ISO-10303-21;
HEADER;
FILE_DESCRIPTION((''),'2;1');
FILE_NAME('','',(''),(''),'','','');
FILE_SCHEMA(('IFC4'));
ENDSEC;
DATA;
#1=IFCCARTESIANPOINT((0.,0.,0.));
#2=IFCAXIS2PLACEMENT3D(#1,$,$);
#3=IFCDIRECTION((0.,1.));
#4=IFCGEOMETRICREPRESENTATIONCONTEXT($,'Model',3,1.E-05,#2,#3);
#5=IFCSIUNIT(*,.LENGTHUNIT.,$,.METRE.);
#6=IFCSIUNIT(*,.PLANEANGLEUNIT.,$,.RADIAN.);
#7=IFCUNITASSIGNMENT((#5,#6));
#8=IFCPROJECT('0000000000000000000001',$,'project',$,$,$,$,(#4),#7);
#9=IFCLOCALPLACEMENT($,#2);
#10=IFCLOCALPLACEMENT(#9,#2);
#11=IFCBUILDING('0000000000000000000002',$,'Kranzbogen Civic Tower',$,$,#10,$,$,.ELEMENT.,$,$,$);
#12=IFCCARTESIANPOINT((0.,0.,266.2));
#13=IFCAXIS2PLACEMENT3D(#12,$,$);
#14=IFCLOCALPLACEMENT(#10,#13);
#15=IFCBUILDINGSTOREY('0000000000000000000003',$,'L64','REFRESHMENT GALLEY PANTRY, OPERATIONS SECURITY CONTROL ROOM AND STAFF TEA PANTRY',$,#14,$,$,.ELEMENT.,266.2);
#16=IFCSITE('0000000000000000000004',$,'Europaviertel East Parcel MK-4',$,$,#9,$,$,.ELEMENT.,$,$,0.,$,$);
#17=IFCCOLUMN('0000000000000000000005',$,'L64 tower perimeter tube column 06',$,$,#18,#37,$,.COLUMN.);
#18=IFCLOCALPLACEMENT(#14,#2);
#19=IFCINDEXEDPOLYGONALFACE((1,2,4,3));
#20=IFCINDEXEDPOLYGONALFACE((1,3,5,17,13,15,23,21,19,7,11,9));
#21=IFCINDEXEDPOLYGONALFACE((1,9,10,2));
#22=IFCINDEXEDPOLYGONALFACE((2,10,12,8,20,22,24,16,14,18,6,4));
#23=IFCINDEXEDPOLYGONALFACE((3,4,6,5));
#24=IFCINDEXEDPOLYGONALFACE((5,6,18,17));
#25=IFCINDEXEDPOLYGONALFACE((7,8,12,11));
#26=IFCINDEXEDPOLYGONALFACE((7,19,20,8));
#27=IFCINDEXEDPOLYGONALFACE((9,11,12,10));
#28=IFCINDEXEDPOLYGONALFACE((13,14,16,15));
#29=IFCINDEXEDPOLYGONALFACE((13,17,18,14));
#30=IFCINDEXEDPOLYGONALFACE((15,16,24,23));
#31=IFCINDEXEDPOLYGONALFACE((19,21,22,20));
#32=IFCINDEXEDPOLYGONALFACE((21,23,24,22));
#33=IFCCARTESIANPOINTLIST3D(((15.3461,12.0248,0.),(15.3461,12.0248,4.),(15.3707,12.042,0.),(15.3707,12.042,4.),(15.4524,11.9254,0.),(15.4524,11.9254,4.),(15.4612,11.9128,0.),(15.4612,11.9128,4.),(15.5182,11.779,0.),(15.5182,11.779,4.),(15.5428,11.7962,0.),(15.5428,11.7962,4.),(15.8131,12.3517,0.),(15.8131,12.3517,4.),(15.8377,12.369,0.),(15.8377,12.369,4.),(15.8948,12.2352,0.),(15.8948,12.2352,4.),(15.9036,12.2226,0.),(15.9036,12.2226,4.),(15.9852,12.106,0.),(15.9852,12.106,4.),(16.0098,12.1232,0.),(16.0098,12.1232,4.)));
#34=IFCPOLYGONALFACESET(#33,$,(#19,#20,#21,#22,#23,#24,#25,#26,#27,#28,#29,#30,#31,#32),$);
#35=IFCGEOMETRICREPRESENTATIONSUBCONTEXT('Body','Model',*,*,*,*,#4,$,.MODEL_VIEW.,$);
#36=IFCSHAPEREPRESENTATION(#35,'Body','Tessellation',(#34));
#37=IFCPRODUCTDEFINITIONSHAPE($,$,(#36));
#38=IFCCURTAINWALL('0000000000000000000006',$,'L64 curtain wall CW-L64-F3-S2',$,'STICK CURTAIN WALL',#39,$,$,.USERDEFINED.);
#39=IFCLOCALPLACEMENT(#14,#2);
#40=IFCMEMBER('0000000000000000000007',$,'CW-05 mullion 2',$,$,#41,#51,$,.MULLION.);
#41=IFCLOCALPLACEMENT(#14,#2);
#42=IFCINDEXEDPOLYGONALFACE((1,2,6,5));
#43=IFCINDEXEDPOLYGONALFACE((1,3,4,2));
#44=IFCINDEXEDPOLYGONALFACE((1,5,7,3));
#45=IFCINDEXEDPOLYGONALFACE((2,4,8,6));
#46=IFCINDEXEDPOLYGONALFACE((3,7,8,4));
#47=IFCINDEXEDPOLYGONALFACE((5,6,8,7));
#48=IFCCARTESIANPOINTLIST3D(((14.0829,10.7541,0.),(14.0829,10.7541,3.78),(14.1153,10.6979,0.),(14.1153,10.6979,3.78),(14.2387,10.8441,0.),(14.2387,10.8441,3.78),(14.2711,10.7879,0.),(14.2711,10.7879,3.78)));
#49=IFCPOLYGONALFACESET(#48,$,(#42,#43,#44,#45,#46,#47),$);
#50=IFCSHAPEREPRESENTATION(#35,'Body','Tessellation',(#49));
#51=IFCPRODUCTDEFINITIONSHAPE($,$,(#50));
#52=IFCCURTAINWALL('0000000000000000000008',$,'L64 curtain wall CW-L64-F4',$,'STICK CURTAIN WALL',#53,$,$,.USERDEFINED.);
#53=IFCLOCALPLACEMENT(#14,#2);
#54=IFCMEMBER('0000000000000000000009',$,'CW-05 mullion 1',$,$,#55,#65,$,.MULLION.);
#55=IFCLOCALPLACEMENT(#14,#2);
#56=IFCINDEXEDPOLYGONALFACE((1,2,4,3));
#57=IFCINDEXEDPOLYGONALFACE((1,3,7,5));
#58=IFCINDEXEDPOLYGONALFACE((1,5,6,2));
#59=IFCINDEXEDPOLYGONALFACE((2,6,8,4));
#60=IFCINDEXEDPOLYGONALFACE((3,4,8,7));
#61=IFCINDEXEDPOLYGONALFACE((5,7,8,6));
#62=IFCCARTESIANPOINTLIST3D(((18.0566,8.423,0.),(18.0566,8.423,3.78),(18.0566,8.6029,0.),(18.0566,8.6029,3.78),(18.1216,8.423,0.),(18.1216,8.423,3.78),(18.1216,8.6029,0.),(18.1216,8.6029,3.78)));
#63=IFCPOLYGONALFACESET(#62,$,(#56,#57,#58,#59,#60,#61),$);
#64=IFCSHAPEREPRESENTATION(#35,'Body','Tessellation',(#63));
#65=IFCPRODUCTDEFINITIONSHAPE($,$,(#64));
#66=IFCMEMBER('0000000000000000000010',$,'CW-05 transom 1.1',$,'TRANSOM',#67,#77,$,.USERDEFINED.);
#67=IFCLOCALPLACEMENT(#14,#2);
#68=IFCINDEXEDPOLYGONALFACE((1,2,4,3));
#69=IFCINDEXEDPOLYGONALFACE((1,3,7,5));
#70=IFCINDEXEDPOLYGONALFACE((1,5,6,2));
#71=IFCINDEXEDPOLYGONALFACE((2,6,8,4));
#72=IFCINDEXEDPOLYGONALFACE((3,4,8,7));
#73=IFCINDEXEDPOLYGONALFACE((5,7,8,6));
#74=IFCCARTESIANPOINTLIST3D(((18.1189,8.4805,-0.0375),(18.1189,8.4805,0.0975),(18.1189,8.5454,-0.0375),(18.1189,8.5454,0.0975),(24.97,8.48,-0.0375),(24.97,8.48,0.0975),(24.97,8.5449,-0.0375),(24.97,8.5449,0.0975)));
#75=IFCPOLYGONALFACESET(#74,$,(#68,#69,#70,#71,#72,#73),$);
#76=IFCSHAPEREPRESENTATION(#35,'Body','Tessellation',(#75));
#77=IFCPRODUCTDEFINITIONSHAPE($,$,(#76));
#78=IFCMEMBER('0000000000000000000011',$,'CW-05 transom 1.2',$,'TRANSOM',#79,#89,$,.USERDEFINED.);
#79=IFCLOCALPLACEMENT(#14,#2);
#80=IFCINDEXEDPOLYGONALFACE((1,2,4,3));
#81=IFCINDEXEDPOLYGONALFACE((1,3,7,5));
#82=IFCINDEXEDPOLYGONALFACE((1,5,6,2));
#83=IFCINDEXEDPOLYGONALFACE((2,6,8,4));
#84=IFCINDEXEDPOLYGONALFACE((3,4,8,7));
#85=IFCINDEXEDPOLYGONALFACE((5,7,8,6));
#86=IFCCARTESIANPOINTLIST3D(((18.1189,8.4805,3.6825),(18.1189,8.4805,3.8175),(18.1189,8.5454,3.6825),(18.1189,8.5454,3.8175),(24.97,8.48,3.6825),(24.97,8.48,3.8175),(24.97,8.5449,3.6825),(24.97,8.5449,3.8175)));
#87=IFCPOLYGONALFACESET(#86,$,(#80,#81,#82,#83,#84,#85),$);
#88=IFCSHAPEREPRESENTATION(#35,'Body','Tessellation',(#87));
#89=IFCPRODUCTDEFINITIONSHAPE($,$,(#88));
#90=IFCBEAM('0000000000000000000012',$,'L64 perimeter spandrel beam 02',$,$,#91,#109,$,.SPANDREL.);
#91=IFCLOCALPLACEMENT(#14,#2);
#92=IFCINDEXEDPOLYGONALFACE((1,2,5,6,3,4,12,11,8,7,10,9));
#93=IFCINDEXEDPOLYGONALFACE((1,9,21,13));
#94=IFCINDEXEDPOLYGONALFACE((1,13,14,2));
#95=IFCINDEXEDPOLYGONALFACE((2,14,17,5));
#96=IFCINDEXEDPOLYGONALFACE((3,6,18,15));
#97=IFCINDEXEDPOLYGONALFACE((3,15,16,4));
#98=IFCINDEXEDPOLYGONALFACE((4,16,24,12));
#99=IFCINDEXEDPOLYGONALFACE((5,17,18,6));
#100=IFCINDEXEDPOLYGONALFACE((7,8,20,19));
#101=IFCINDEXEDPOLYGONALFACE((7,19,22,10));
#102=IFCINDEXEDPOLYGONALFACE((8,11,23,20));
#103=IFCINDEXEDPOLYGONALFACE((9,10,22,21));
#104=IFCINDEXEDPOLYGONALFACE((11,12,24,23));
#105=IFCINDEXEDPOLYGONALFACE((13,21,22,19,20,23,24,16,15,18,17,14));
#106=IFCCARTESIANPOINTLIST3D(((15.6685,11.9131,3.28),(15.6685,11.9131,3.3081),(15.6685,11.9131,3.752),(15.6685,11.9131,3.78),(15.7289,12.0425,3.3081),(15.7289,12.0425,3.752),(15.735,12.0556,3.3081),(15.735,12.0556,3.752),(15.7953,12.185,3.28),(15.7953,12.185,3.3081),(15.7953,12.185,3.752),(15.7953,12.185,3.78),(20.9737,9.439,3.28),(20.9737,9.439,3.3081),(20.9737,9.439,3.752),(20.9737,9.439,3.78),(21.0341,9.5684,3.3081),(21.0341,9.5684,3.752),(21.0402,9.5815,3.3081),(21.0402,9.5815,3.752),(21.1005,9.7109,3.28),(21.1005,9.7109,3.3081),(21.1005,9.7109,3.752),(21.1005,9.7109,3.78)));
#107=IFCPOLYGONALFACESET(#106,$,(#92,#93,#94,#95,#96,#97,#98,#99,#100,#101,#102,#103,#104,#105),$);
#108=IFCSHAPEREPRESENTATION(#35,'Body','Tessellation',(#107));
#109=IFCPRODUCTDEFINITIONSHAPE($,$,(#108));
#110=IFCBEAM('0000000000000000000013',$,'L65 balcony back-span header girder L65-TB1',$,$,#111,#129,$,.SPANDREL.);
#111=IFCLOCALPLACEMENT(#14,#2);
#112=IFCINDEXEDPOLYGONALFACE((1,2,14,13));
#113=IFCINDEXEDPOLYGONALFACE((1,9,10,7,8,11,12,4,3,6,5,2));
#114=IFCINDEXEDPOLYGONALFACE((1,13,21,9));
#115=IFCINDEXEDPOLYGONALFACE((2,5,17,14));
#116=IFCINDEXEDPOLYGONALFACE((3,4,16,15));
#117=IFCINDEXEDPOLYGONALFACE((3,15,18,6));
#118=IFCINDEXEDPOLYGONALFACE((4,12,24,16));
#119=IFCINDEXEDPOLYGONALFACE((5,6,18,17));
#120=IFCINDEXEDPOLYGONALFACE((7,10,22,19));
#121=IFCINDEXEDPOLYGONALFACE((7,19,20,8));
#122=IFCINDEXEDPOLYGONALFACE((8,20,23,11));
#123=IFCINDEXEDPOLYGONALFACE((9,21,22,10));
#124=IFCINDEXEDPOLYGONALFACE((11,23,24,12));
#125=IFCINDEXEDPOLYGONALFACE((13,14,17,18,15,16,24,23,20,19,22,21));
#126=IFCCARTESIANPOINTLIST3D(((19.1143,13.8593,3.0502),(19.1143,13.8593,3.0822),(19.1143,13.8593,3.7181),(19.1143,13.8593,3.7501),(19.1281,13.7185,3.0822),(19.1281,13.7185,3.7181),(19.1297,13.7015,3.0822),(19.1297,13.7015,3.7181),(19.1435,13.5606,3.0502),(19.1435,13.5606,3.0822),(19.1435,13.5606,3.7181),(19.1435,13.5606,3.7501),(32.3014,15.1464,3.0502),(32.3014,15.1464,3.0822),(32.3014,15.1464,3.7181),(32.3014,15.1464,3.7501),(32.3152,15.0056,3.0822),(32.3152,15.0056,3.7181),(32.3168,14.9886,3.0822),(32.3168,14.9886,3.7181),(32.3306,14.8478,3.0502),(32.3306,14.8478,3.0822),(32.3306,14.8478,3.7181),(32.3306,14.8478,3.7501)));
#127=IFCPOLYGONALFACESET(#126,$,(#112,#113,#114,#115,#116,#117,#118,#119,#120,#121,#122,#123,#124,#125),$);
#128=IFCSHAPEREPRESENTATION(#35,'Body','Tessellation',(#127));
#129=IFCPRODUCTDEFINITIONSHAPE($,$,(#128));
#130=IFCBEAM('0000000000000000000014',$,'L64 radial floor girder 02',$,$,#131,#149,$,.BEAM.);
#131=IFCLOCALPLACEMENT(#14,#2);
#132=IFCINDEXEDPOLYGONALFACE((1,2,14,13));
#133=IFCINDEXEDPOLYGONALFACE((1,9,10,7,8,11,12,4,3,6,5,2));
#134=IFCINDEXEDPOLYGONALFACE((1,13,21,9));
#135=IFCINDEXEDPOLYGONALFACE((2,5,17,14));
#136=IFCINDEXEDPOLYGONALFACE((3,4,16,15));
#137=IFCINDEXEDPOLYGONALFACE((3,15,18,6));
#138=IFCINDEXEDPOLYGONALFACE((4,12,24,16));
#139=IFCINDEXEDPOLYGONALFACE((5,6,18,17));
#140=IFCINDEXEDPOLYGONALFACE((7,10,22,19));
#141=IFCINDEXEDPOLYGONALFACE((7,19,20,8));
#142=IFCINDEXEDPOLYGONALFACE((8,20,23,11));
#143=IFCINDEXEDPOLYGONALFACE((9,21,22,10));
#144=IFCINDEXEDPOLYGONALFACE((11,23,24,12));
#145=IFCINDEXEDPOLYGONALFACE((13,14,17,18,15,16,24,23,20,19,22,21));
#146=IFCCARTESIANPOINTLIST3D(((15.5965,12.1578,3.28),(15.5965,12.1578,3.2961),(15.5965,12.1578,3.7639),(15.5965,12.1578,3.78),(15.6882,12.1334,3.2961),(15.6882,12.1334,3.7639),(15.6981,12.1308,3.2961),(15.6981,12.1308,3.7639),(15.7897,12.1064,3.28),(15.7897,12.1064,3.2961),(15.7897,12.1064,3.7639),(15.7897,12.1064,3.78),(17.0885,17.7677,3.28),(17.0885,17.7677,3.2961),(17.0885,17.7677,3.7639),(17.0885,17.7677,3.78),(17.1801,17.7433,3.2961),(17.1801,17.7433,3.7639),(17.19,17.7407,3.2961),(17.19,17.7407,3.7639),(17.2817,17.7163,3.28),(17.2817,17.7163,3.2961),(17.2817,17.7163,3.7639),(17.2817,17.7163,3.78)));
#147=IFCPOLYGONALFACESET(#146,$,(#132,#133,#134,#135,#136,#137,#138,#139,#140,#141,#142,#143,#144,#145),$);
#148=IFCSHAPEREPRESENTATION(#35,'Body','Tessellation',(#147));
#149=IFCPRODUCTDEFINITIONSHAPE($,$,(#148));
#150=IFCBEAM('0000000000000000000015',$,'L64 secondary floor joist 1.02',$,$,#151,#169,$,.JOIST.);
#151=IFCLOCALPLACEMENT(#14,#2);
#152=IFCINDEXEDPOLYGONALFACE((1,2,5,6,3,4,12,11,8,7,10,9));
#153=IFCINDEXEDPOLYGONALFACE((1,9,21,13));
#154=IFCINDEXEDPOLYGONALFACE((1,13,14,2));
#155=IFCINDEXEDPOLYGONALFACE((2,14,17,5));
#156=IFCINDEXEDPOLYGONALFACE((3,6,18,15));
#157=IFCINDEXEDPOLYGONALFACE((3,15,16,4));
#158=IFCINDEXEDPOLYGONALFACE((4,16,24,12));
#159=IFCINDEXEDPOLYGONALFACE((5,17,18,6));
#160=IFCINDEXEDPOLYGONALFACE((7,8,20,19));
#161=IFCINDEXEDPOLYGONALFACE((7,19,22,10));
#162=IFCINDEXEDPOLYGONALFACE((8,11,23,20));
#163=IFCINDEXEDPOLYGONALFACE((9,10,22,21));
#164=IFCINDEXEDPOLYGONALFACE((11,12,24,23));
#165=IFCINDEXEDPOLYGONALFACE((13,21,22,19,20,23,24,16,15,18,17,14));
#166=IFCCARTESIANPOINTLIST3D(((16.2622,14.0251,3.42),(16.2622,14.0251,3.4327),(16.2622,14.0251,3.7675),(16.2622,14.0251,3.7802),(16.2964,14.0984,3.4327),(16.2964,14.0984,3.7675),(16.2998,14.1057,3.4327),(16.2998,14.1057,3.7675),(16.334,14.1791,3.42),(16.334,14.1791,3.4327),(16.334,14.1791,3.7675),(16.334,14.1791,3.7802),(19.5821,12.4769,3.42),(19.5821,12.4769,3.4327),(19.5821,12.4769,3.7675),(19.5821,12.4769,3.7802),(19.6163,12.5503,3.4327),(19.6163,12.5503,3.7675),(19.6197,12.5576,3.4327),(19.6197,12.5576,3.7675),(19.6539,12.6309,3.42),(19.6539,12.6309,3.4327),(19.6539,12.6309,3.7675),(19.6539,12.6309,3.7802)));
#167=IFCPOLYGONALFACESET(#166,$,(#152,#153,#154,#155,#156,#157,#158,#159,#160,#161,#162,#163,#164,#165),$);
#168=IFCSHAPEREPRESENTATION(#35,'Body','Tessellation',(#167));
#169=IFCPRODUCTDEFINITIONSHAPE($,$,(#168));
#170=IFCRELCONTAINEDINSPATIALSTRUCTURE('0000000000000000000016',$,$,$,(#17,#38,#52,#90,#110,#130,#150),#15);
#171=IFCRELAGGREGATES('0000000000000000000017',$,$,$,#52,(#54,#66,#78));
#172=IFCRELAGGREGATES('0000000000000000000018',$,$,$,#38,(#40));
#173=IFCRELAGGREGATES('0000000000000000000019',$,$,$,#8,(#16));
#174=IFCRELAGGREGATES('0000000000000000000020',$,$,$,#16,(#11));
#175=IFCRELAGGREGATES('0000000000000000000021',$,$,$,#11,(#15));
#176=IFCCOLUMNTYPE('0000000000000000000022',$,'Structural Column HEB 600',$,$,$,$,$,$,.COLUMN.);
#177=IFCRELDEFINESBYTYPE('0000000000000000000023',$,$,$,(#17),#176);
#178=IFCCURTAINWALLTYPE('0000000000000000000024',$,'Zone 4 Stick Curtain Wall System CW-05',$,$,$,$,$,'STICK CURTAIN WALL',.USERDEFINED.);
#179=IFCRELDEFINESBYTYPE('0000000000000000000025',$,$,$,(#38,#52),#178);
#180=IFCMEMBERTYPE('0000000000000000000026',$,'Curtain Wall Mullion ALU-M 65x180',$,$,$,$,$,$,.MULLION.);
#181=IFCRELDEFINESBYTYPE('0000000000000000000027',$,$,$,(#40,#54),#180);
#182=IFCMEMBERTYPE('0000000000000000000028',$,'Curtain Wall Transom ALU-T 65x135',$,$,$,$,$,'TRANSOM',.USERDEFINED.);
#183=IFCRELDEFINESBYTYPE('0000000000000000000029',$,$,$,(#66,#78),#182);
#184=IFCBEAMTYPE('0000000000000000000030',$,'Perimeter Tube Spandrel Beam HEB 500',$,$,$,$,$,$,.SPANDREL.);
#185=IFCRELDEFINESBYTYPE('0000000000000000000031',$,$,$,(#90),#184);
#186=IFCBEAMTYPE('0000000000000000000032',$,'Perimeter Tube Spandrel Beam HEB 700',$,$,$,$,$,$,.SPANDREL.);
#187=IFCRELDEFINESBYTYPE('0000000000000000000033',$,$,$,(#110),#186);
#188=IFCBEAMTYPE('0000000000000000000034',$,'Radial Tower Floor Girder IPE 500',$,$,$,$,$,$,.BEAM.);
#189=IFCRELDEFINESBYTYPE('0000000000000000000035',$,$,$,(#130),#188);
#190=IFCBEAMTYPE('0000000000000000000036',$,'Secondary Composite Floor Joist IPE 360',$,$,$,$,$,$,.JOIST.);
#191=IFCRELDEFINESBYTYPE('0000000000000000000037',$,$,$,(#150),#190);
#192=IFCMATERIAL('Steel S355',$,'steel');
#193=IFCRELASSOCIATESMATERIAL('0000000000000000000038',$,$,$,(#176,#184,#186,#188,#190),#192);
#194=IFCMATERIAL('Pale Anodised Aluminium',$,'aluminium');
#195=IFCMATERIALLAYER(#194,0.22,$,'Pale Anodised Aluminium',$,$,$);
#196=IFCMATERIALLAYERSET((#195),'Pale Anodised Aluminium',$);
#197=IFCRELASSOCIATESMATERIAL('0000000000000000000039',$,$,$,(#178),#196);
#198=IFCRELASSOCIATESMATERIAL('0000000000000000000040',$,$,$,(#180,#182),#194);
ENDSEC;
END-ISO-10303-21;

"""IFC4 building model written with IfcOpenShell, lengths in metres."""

from ifc_helpers import new_model, si_unit, direction, frame, origin, origin_2d, place, context, subcontext, project, spatial, rectangle, i_section, extrude, material, layer, layer_set, material_profile, profile_set, type_object, element, aggregate, save


model = new_model("IFC4")

# Units and contexts
model_context = context("Model", 3, precision=1e-05, world=origin(), true_north=direction((0.0, 1.0)))
body_context = subcontext(model_context, "Body", "Model", "MODEL_VIEW")
ifc_project = project(units=[si_unit("LENGTHUNIT", "METRE"), si_unit("PLANEANGLEUNIT", "RADIAN")], contexts=[model_context])

# Site, building, storey
site_placement = place(None, origin())
site = spatial("IfcSite", under=ifc_project, at=site_placement, Name="Europaviertel East Parcel MK-4", CompositionType="ELEMENT", RefElevation=0.0)
building_placement = place(site_placement, origin())
building = spatial("IfcBuilding", under=site, at=building_placement, Name="Kranzbogen Civic Tower", CompositionType="ELEMENT")
storey_placement = place(building_placement, frame((0.0, 0.0, 266.2)))
storey = spatial("IfcBuildingStorey", under=building, at=storey_placement, Name="L64", Description="REFRESHMENT GALLEY PANTRY, OPERATIONS SECURITY CONTROL ROOM AND STAFF TEA PANTRY", CompositionType="ELEMENT", Elevation=266.2)

# Column
ifc_material_1 = material(Name="Steel S355", Category="steel")
ifc_material_profile_1 = material_profile(ifc_material_1, i_section(OverallWidth=0.3, OverallDepth=0.6001, WebThickness=0.0154, FlangeThickness=0.03, at=origin_2d()), Name="HEB 600")
ifc_profile_set_1 = profile_set([ifc_material_profile_1], Name="Steel S355")
column_type = type_object("IfcColumnType", Name="Structural Column HEB 600", PredefinedType="COLUMN", material=ifc_profile_set_1)
column_placement = place(storey_placement, frame((15.678, 12.074, 0.0), z_axis=(0.0, 0.0, 1.0), x_axis=(-0.573576, 0.819152, 0.0)))
element("IfcColumn", 1, at=column_placement, inside=storey, type_object=column_type, Name="L64 tower perimeter tube column 06", PredefinedType="COLUMN", context=body_context, shape_type="SweptSolid", body=[
    extrude(i_section(OverallWidth=0.3, OverallDepth=0.6001, WebThickness=0.0154, FlangeThickness=0.03, at=origin_2d()), origin(), (0.0, 0.0, 1.0), 4.0),
])

# Curtain wall, member
ifc_material_2 = material(Name="Pale Anodised Aluminium", Category="aluminium")
ifc_layer_1 = layer(ifc_material_2, 0.22, Name="Pale Anodised Aluminium")
ifc_layer_set_1 = layer_set([ifc_layer_1], Name="Pale Anodised Aluminium")
curtain_wall_type = type_object("IfcCurtainWallType", Name="Zone 4 Stick Curtain Wall System CW-05", ElementType="STICK CURTAIN WALL", PredefinedType="USERDEFINED", material=ifc_layer_set_1)
curtain_wall_1_placement = place(storey_placement, origin())
curtain_wall_1 = element("IfcCurtainWall", 2, at=curtain_wall_1_placement, inside=storey, type_object=curtain_wall_type, Name="L64 curtain wall CW-L64-F3-S2", ObjectType="STICK CURTAIN WALL", PredefinedType="USERDEFINED")
ifc_material_profile_2 = material_profile(ifc_material_2, rectangle(XDim=0.0649, YDim=0.1799, at=origin_2d()), Name="ALU-M 65x180")
ifc_profile_set_2 = profile_set([ifc_material_profile_2], Name="Pale Anodised Aluminium")
member_type_1 = type_object("IfcMemberType", Name="Curtain Wall Mullion ALU-M 65x180", PredefinedType="MULLION", material=ifc_profile_set_2)
member_1_placement = place(storey_placement, frame((14.177, 10.771, 0.0), z_axis=(0.0, 0.0, 1.0), x_axis=(0.500054, -0.865994, 0.0)))
member_1 = element("IfcMember", 3, at=member_1_placement, type_object=member_type_1, Name="CW-05 mullion 2", PredefinedType="MULLION", context=body_context, shape_type="SweptSolid", body=[
    extrude(rectangle(XDim=0.0649, YDim=0.1799, at=origin_2d()), origin(), (0.0, 0.0, 1.0), 3.78),
])

# Curtain wall, members
curtain_wall_2_placement = place(storey_placement, origin())
curtain_wall_2 = element("IfcCurtainWall", 4, at=curtain_wall_2_placement, inside=storey, type_object=curtain_wall_type, Name="L64 curtain wall CW-L64-F4", ObjectType="STICK CURTAIN WALL", PredefinedType="USERDEFINED")
member_2_placement = place(storey_placement, frame((18.0891, 8.5129, 0.0), z_axis=(0.0, 0.0, 1.0), x_axis=(1.0, -0.000072, 0.0)))
member_2 = element("IfcMember", 5, at=member_2_placement, type_object=member_type_1, Name="CW-05 mullion 1", PredefinedType="MULLION", context=body_context, shape_type="SweptSolid", body=[
    extrude(rectangle(XDim=0.0649, YDim=0.1799, at=origin_2d()), origin(), (0.0, 0.0, 1.0), 3.78),
])
ifc_material_profile_3 = material_profile(ifc_material_2, rectangle(XDim=0.0649, YDim=0.135, at=origin_2d()), Name="ALU-T 65x135")
ifc_profile_set_3 = profile_set([ifc_material_profile_3], Name="Pale Anodised Aluminium")
member_type_2 = type_object("IfcMemberType", Name="Curtain Wall Transom ALU-T 65x135", ElementType="TRANSOM", PredefinedType="USERDEFINED", material=ifc_profile_set_3)
member_3_placement = place(storey_placement, frame((18.1189, 8.5129, 0.03), z_axis=(1.0, -0.000071, 0.0), x_axis=(0.000071, 1.0, 0.0)))
member_3 = element("IfcMember", 6, at=member_3_placement, type_object=member_type_2, Name="CW-05 transom 1.1", ObjectType="TRANSOM", PredefinedType="USERDEFINED", context=body_context, shape_type="SweptSolid", body=[
    extrude(rectangle(XDim=0.0649, YDim=0.135, at=origin_2d()), origin(), (0.0, 0.0, 1.0), 6.8511),
])
member_4_placement = place(storey_placement, frame((18.1189, 8.5129, 3.75), z_axis=(1.0, -0.000071, 0.0), x_axis=(0.000071, 1.0, 0.0)))
member_4 = element("IfcMember", 7, at=member_4_placement, type_object=member_type_2, Name="CW-05 transom 1.2", ObjectType="TRANSOM", PredefinedType="USERDEFINED", context=body_context, shape_type="SweptSolid", body=[
    extrude(rectangle(XDim=0.0649, YDim=0.135, at=origin_2d()), origin(), (0.0, 0.0, 1.0), 6.8511),
])
aggregate(curtain_wall_2, [member_2, member_3, member_4])

# Beams
ifc_material_profile_4 = material_profile(ifc_material_1, i_section(OverallWidth=0.3, OverallDepth=0.5, WebThickness=0.0144, FlangeThickness=0.0281, at=origin_2d()), Name="HEB 500")
ifc_profile_set_4 = profile_set([ifc_material_profile_4], Name="Steel S355")
beam_type_1 = type_object("IfcBeamType", Name="Perimeter Tube Spandrel Beam HEB 500", PredefinedType="SPANDREL", material=ifc_profile_set_4)
beam_1_placement = place(storey_placement, frame((15.7319, 12.0491, 3.53), z_axis=(0.90629, -0.422657, 0.0), x_axis=(0.422657, 0.90629, 0.0)))
element("IfcBeam", 8, at=beam_1_placement, inside=storey, type_object=beam_type_1, Name="L64 perimeter spandrel beam 02", PredefinedType="SPANDREL", context=body_context, shape_type="SweptSolid", body=[
    extrude(i_section(OverallWidth=0.3, OverallDepth=0.5, WebThickness=0.0144, FlangeThickness=0.0281, at=origin_2d()), origin(), (0.0, 0.0, 1.0), 5.8538),
])
ifc_material_profile_5 = material_profile(ifc_material_1, i_section(OverallWidth=0.3, OverallDepth=0.7, WebThickness=0.0171, FlangeThickness=0.032, at=origin_2d()), Name="HEB 700")
ifc_profile_set_5 = profile_set([ifc_material_profile_5], Name="Steel S355")
beam_type_2 = type_object("IfcBeamType", Name="Perimeter Tube Spandrel Beam HEB 700", PredefinedType="SPANDREL", material=ifc_profile_set_5)
beam_2_placement = place(storey_placement, frame((19.1289, 13.71, 3.4001), z_axis=(0.99527, 0.097143, 0.0), x_axis=(-0.097143, 0.99527, 0.0)))
element("IfcBeam", 9, at=beam_2_placement, inside=storey, type_object=beam_type_2, Name="L65 balcony back-span header girder L65-TB1", PredefinedType="SPANDREL", context=body_context, shape_type="SweptSolid", body=[
    extrude(i_section(OverallWidth=0.3, OverallDepth=0.7, WebThickness=0.0171, FlangeThickness=0.032, at=origin_2d()), origin(), (0.0, 0.0, 1.0), 13.2498),
])
ifc_material_profile_6 = material_profile(ifc_material_1, i_section(OverallWidth=0.2, OverallDepth=0.5, WebThickness=0.0103, FlangeThickness=0.0161, at=origin_2d()), Name="IPE 500")
ifc_profile_set_6 = profile_set([ifc_material_profile_6], Name="Steel S355")
beam_type_3 = type_object("IfcBeamType", Name="Radial Tower Floor Girder IPE 500", PredefinedType="BEAM", material=ifc_profile_set_6)
beam_3_placement = place(storey_placement, frame((15.6931, 12.1321, 3.53), z_axis=(0.257016, 0.966407, 0.0), x_axis=(-0.966407, 0.257016, 0.0)))
element("IfcBeam", 10, at=beam_3_placement, inside=storey, type_object=beam_type_3, Name="L64 radial floor girder 02", PredefinedType="BEAM", context=body_context, shape_type="SweptSolid", body=[
    extrude(i_section(OverallWidth=0.2, OverallDepth=0.5, WebThickness=0.0103, FlangeThickness=0.0161, at=origin_2d()), origin(), (0.0, 0.0, 1.0), 5.8049),
])
ifc_material_profile_7 = material_profile(ifc_material_1, i_section(OverallWidth=0.1699, OverallDepth=0.3601, WebThickness=0.0081, FlangeThickness=0.0127, at=origin_2d()), Name="IPE 360")
ifc_profile_set_7 = profile_set([ifc_material_profile_7], Name="Steel S355")
beam_type_4 = type_object("IfcBeamType", Name="Secondary Composite Floor Joist IPE 360", PredefinedType="JOIST", material=ifc_profile_set_7)
beam_4_placement = place(storey_placement, frame((16.2981, 14.1021, 3.6001), z_axis=(0.906304, -0.422626, 0.0), x_axis=(0.422626, 0.906304, 0.0)))
element("IfcBeam", 11, at=beam_4_placement, inside=storey, type_object=beam_type_4, Name="L64 secondary floor joist 1.02", PredefinedType="JOIST", context=body_context, shape_type="SweptSolid", body=[
    extrude(i_section(OverallWidth=0.1699, OverallDepth=0.3601, WebThickness=0.0081, FlangeThickness=0.0127, at=origin_2d()), origin(), (0.0, 0.0, 1.0), 3.6631),
])

aggregate(curtain_wall_1, [member_1])

save(model, "model.ifc")
